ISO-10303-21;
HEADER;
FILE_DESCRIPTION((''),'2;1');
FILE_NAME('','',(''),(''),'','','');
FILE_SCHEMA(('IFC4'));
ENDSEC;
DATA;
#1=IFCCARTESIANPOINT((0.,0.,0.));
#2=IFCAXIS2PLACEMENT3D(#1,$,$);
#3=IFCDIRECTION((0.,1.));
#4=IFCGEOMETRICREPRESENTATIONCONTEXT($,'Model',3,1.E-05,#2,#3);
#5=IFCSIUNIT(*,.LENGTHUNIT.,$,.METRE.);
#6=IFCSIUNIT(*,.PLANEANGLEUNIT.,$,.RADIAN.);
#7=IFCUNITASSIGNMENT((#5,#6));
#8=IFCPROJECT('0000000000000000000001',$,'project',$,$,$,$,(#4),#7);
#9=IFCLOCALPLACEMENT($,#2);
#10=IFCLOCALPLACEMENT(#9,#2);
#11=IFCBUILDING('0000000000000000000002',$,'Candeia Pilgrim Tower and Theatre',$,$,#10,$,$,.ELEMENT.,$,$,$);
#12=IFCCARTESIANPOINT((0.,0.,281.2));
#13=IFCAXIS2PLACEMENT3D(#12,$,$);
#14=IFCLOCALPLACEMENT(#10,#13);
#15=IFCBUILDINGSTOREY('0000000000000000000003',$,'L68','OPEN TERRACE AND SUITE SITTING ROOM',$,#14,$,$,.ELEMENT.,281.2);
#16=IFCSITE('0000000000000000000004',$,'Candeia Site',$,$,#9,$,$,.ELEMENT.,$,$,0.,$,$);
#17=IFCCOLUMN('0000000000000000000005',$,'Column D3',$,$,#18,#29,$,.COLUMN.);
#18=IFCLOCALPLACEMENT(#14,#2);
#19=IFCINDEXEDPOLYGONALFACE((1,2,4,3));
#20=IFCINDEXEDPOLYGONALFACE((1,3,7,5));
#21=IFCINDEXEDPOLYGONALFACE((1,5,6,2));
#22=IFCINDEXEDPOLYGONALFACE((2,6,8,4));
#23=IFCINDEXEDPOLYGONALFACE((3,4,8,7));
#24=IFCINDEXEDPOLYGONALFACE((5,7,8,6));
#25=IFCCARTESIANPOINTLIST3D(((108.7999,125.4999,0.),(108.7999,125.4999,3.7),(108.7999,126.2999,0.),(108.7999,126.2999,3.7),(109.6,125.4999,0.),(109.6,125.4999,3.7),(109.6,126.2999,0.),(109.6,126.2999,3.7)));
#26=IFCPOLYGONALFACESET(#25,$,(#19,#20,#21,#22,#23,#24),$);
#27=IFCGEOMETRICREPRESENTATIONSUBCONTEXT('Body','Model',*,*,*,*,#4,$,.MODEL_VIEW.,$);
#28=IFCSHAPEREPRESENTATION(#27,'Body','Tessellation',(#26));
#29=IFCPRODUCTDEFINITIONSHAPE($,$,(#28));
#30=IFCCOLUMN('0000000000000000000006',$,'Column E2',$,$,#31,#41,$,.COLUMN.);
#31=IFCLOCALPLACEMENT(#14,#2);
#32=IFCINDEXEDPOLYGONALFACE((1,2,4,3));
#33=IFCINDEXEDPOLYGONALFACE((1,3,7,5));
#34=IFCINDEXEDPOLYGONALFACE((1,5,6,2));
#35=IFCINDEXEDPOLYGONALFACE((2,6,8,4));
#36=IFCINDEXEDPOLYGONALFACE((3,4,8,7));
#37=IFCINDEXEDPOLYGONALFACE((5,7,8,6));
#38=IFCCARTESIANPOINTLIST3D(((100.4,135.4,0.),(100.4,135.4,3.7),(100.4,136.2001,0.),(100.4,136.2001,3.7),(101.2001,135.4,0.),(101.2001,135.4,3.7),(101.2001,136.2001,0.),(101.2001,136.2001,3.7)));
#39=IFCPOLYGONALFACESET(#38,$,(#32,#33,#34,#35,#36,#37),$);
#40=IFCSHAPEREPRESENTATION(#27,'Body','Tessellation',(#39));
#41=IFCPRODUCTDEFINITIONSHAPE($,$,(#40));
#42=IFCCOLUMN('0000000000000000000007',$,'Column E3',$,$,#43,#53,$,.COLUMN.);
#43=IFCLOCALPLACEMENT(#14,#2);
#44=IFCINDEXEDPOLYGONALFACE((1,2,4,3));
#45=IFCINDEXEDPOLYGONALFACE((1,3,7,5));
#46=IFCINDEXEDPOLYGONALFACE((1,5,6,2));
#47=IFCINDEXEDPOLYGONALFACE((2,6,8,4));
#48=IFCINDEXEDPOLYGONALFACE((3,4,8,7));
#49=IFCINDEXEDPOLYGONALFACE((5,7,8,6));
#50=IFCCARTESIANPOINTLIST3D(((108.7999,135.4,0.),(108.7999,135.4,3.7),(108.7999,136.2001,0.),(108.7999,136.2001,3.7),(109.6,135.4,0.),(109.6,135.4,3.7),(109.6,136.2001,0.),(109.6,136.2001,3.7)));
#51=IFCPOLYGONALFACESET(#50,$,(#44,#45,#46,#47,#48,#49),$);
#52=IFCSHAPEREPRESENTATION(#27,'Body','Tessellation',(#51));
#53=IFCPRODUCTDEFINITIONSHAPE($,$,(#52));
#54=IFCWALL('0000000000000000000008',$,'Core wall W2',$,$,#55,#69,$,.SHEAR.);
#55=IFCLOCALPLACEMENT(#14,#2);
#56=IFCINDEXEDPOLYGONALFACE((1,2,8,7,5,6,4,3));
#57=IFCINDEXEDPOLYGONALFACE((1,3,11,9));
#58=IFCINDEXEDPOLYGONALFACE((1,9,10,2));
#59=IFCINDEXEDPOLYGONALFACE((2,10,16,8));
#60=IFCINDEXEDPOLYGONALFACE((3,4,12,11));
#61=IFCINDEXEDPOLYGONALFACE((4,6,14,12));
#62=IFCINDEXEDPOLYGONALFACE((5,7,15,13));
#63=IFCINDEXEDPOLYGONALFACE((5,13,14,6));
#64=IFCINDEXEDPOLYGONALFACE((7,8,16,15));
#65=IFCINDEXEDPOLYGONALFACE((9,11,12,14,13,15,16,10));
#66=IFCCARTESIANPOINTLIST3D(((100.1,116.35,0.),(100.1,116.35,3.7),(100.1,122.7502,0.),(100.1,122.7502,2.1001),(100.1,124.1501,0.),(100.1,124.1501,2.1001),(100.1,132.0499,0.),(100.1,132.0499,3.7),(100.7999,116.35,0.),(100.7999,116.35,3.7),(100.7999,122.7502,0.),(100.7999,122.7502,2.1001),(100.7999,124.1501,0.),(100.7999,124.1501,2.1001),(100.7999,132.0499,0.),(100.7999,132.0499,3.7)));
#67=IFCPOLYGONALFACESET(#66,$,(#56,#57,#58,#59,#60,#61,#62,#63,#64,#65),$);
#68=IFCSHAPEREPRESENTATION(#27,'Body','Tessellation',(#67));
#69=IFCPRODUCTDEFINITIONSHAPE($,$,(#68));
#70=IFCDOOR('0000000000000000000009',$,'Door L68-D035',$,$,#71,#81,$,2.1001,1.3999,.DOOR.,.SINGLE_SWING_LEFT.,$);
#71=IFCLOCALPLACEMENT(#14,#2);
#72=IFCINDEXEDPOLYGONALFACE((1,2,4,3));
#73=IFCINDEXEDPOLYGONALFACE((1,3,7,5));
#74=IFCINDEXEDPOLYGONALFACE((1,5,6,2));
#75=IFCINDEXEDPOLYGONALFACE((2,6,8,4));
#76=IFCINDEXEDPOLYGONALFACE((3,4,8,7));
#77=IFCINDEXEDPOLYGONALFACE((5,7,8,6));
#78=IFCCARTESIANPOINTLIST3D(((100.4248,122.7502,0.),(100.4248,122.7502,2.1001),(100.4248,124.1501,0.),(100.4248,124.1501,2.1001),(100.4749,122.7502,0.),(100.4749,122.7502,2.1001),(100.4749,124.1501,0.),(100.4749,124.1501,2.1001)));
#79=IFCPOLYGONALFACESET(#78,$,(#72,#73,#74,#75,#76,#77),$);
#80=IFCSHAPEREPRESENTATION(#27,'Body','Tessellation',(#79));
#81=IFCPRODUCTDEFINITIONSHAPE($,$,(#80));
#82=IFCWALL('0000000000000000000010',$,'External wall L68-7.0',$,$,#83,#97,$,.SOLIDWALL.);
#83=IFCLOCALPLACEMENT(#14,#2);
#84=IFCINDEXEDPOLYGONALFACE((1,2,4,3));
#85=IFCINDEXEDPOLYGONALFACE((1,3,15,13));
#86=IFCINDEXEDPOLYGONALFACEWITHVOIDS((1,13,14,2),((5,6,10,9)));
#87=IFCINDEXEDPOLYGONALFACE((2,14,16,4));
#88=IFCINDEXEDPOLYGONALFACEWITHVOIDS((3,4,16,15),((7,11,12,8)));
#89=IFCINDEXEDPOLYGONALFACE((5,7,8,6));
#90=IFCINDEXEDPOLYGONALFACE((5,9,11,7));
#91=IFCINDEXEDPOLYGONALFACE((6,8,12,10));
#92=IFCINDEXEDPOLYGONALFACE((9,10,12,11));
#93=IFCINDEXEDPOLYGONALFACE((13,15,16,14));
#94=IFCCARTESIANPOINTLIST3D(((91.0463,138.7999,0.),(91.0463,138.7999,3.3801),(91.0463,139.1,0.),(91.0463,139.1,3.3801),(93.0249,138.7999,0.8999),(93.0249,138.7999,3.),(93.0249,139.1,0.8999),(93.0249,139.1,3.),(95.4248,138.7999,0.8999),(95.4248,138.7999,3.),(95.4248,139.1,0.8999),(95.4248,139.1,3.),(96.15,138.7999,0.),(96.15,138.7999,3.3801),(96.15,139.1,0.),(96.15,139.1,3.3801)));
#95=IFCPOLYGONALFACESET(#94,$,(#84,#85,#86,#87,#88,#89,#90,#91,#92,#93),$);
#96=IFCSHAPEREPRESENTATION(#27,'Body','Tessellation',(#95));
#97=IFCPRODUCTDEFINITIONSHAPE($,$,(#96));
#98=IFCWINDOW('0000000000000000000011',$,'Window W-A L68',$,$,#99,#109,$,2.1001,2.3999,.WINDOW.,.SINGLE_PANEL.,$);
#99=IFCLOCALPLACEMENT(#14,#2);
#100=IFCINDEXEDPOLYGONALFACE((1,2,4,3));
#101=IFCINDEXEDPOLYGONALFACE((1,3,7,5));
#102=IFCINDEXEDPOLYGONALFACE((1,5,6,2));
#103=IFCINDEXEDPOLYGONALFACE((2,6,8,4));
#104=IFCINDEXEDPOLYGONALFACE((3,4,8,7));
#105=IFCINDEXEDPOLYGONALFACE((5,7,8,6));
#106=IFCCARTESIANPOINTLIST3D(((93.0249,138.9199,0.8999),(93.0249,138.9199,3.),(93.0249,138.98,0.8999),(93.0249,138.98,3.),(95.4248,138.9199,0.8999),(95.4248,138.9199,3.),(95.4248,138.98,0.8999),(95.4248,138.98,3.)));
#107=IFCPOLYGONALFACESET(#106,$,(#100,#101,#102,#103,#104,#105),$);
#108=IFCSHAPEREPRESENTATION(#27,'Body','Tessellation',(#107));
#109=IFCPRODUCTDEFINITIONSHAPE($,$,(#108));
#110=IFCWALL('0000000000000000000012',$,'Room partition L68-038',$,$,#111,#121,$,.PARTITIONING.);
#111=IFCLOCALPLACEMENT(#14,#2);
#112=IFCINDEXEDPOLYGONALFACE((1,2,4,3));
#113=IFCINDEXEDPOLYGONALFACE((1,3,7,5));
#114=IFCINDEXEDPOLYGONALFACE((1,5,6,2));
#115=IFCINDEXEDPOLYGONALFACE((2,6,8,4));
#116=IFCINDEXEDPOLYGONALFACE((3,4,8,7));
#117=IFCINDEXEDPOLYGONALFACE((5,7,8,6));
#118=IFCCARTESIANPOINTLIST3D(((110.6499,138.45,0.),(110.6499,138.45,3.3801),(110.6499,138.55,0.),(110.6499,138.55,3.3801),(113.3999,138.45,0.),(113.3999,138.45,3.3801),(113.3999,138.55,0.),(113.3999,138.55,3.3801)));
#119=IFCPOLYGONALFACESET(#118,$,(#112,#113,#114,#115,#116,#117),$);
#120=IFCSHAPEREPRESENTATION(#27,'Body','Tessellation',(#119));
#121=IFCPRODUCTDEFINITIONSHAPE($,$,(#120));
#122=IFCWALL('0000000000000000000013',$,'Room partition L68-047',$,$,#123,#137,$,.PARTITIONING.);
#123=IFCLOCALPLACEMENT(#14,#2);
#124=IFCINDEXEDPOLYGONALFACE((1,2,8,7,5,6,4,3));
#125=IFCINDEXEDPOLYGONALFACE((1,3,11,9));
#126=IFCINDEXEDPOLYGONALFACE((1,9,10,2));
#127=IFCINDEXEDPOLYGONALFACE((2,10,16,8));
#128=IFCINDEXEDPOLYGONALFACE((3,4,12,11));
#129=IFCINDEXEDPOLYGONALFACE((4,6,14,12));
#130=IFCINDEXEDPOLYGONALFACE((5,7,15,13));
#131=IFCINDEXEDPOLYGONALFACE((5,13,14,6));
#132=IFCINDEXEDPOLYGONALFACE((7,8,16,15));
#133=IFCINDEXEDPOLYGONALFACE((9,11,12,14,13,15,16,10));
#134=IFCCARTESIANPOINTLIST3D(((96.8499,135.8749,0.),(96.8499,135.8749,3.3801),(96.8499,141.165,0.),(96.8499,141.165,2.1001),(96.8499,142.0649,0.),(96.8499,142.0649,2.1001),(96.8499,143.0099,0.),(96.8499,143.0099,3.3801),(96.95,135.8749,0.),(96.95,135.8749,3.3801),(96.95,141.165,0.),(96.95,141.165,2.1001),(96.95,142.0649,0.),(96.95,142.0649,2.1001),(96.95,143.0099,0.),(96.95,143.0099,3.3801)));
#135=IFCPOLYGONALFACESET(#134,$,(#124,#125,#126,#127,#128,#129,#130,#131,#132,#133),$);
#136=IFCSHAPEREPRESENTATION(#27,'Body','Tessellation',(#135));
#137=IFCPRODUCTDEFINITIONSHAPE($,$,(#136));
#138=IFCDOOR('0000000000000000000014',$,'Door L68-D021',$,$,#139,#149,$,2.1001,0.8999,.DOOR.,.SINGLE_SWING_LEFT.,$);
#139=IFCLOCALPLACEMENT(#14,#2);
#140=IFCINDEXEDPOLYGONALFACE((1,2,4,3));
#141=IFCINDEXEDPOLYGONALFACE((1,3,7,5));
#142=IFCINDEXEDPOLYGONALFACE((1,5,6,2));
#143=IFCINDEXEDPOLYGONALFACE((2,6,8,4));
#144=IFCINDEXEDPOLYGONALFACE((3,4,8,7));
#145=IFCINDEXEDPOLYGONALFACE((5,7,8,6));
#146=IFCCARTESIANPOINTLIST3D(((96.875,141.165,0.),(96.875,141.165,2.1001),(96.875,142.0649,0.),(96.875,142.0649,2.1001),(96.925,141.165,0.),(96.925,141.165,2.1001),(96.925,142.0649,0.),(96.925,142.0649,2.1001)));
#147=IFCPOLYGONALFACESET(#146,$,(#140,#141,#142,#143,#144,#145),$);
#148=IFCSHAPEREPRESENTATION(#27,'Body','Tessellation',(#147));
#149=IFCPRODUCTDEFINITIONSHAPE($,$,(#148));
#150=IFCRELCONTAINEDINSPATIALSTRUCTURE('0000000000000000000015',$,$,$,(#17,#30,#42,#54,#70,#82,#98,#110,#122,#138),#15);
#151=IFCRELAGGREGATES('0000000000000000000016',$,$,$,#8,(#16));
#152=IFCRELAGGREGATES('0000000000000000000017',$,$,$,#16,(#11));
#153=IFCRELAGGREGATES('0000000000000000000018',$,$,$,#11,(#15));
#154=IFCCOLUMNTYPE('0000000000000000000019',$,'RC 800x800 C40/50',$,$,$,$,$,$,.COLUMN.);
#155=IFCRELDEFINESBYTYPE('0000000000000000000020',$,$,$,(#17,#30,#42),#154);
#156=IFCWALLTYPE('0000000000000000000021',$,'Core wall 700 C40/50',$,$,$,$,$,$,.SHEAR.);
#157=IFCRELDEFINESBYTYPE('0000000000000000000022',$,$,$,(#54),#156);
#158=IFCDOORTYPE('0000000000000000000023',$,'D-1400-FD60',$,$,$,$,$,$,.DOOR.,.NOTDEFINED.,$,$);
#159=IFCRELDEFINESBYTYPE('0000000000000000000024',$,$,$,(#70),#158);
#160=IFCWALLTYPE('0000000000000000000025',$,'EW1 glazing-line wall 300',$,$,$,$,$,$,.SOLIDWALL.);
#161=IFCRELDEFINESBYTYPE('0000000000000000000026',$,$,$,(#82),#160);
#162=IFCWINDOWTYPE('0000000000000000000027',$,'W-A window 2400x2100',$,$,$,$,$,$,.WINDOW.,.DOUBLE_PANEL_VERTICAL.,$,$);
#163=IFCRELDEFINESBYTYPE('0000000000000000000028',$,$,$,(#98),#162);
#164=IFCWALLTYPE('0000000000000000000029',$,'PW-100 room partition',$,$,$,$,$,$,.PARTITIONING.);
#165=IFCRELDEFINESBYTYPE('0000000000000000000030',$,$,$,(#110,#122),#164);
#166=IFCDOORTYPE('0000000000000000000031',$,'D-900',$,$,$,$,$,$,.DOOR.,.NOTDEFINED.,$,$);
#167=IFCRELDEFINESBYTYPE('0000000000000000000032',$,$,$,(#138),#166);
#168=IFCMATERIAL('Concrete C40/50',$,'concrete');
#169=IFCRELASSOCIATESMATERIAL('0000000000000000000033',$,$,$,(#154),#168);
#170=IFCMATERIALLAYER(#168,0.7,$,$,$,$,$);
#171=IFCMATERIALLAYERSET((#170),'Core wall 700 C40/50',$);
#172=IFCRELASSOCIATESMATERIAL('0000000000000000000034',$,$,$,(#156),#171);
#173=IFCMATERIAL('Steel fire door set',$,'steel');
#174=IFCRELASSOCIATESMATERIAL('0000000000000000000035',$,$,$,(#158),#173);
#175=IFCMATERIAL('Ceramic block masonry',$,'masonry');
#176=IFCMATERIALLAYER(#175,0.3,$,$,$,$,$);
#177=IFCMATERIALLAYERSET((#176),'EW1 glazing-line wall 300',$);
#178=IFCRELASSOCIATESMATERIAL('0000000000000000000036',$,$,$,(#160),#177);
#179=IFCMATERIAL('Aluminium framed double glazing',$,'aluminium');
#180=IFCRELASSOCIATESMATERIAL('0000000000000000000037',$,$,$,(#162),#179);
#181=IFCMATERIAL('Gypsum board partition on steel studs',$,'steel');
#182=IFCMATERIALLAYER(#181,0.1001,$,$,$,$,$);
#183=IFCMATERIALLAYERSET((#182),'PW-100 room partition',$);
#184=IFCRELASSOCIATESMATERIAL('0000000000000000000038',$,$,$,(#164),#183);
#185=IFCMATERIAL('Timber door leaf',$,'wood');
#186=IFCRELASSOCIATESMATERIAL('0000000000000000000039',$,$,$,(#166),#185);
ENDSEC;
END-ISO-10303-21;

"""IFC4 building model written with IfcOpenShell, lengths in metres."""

from ifc_helpers import new_model, si_unit, direction, frame, frame_2d, origin, origin_2d, place, context, subcontext, project, spatial, rectangle, extrude, material, layer, layer_set, material_profile, profile_set, type_object, element, fill, save


model = new_model("IFC4")

# Units and contexts
model_context = context("Model", 3, precision=1e-05, world=origin(), true_north=direction((0.0, 1.0)))
body_context = subcontext(model_context, "Body", "Model", "MODEL_VIEW")
ifc_project = project(units=[si_unit("LENGTHUNIT", "METRE"), si_unit("PLANEANGLEUNIT", "RADIAN")], contexts=[model_context])

# Site, building, storey
site_placement = place(None, origin())
site = spatial("IfcSite", under=ifc_project, at=site_placement, Name="Candeia Site", CompositionType="ELEMENT", RefElevation=0.0)
building_placement = place(site_placement, origin())
building = spatial("IfcBuilding", under=site, at=building_placement, Name="Candeia Pilgrim Tower and Theatre", CompositionType="ELEMENT")
storey_placement = place(building_placement, frame((0.0, 0.0, 281.2)))
storey = spatial("IfcBuildingStorey", under=building, at=storey_placement, Name="L68", Description="OPEN TERRACE AND SUITE SITTING ROOM", CompositionType="ELEMENT", Elevation=281.2)

# Columns
ifc_material_1 = material(Name="Concrete C40/50", Category="concrete")
ifc_material_profile = material_profile(ifc_material_1, rectangle(XDim=0.8, YDim=0.8, at=origin_2d()))
ifc_profile_set = profile_set([ifc_material_profile], Name="Concrete C40/50")
column_type = type_object("IfcColumnType", Name="RC 800x800 C40/50", PredefinedType="COLUMN", material=ifc_profile_set)
for number, where, z_axis, x_axis, name in (
    (1, (109.2, 125.8999, 0.0), (0.0, 0.0, 1.0), (1.0, 0.0, 0.0), "Column D3"),
    (2, (100.8, 135.8, 0.0), (0.0, 0.0, 1.0), (1.0, 0.0, 0.0), "Column E2"),
    (3, (109.2, 135.8, 0.0), (0.0, 0.0, 1.0), (1.0, 0.0, 0.0), "Column E3"),
):
    element("IfcColumn", number, at=place(storey_placement, frame(where, z_axis=z_axis, x_axis=x_axis)), inside=storey, type_object=column_type, Name=name, PredefinedType="COLUMN", context=body_context, shape_type="SweptSolid", body=[
        extrude(rectangle(XDim=0.8, YDim=0.8, at=origin_2d()), origin(), (0.0, 0.0, 1.0), 3.7),
    ])

# Wall, opening, door
ifc_layer_1 = layer(ifc_material_1, 0.7)
ifc_layer_set_1 = layer_set([ifc_layer_1], Name="Core wall 700 C40/50")
wall_type_1 = type_object("IfcWallType", Name="Core wall 700 C40/50", PredefinedType="SHEAR", material=ifc_layer_set_1)
wall_1_placement = place(storey_placement, frame((100.45, 132.05, 0.0), z_axis=(0.0, 0.0, 1.0), x_axis=(0.0, -1.0, 0.0)))
wall_1 = element("IfcWall", 4, at=wall_1_placement, inside=storey, type_object=wall_type_1, Name="Core wall W2", PredefinedType="SHEAR", context=body_context, shape_type="SweptSolid", body=[
    extrude(rectangle(XDim=15.7, YDim=0.7, at=frame_2d((7.8501, 0.0))), origin(), (0.0, 0.0, 1.0), 3.7),
])
opening_1_placement = place(wall_1_placement, frame((7.8999, 0.0, 0.0)))
opening_1 = element("IfcOpeningElement", 5, at=opening_1_placement, cuts=wall_1, PredefinedType="OPENING", context=body_context, shape_type="SweptSolid", body=[
    extrude(rectangle(XDim=1.3999, YDim=2.1001, at=frame_2d((0.7, 1.05))), frame((0.0, 0.3599, 0.0), z_axis=(0.0, -1.0, 0.0), x_axis=(1.0, 0.0, 0.0)), (0.0, 0.0, 1.0), 0.72),
])
ifc_material_2 = material(Name="Steel fire door set", Category="steel")
door_type_1 = type_object("IfcDoorType", Name="D-1400-FD60", OperationType="NOTDEFINED", PredefinedType="DOOR", material=ifc_material_2)
door_1_placement = place(opening_1_placement, origin())
door_1 = element("IfcDoor", 6, at=door_1_placement, inside=storey, type_object=door_type_1, Name="Door L68-D035", OperationType="SINGLE_SWING_LEFT", OverallHeight=2.1001, OverallWidth=1.3999, PredefinedType="DOOR", context=body_context, shape_type="SweptSolid", body=[
    extrude(rectangle(XDim=1.3999, YDim=2.1001, at=frame_2d((0.7, 1.05))), frame((0.0, 0.0249, 0.0), z_axis=(0.0, -1.0, 0.0), x_axis=(1.0, 0.0, 0.0)), (0.0, 0.0, 1.0), 0.05),
])
fill(opening_1, door_1)

# Wall, opening, window
ifc_material_3 = material(Name="Ceramic block masonry", Category="masonry")
ifc_layer_2 = layer(ifc_material_3, 0.3)
ifc_layer_set_2 = layer_set([ifc_layer_2], Name="EW1 glazing-line wall 300")
wall_type_2 = type_object("IfcWallType", Name="EW1 glazing-line wall 300", PredefinedType="SOLIDWALL", material=ifc_layer_set_2)
wall_2_placement = place(storey_placement, frame((96.1499, 138.95, 0.0), z_axis=(0.0, 0.0, 1.0), x_axis=(-1.0, 0.0, 0.0)))
wall_2 = element("IfcWall", 7, at=wall_2_placement, inside=storey, type_object=wall_type_2, Name="External wall L68-7.0", PredefinedType="SOLIDWALL", context=body_context, shape_type="SweptSolid", body=[
    extrude(rectangle(XDim=5.1038, YDim=0.3, at=frame_2d((2.5518, 0.0))), origin(), (0.0, 0.0, 1.0), 3.3801),
])
opening_2_placement = place(wall_2_placement, frame((0.7251, 0.0, 0.8999)))
opening_2 = element("IfcOpeningElement", 8, at=opening_2_placement, cuts=wall_2, PredefinedType="OPENING", context=body_context, shape_type="SweptSolid", body=[
    extrude(rectangle(XDim=2.3999, YDim=2.1001, at=frame_2d((1.2, 1.05))), frame((0.0, 0.1602, 0.0), z_axis=(0.0, -1.0, 0.0), x_axis=(1.0, 0.0, 0.0)), (0.0, 0.0, 1.0), 0.3201),
])
ifc_material_4 = material(Name="Aluminium framed double glazing", Category="aluminium")
window_type = type_object("IfcWindowType", Name="W-A window 2400x2100", PartitioningType="DOUBLE_PANEL_VERTICAL", PredefinedType="WINDOW", material=ifc_material_4)
window_placement = place(opening_2_placement, origin())
window = element("IfcWindow", 9, at=window_placement, inside=storey, type_object=window_type, Name="Window W-A L68", OverallHeight=2.1001, OverallWidth=2.3999, PartitioningType="SINGLE_PANEL", PredefinedType="WINDOW", context=body_context, shape_type="SweptSolid", body=[
    extrude(rectangle(XDim=2.3999, YDim=2.1001, at=frame_2d((1.2, 1.05))), frame((0.0, 0.03, 0.0), z_axis=(0.0, -1.0, 0.0), x_axis=(1.0, 0.0, 0.0)), (0.0, 0.0, 1.0), 0.0601),
])
fill(opening_2, window)

# Wall
ifc_material_5 = material(Name="Gypsum board partition on steel studs", Category="steel")
ifc_layer_3 = layer(ifc_material_5, 0.1001)
ifc_layer_set_3 = layer_set([ifc_layer_3], Name="PW-100 room partition")
wall_type_3 = type_object("IfcWallType", Name="PW-100 room partition", PredefinedType="PARTITIONING", material=ifc_layer_set_3)
wall_3_placement = place(storey_placement, frame((110.6499, 138.5, 0.0), z_axis=(0.0, 0.0, 1.0), x_axis=(1.0, 0.0, 0.0)))
element("IfcWall", 10, at=wall_3_placement, inside=storey, type_object=wall_type_3, Name="Room partition L68-038", PredefinedType="PARTITIONING", context=body_context, shape_type="SweptSolid", body=[
    extrude(rectangle(XDim=2.75, YDim=0.1001, at=frame_2d((1.375, 0.0))), origin(), (0.0, 0.0, 1.0), 3.3801),
])

# Wall, opening, door
wall_4_placement = place(storey_placement, frame((96.8999, 135.875, 0.0), z_axis=(0.0, 0.0, 1.0), x_axis=(0.0, 1.0, 0.0)))
wall_4 = element("IfcWall", 11, at=wall_4_placement, inside=storey, type_object=wall_type_3, Name="Room partition L68-047", PredefinedType="PARTITIONING", context=body_context, shape_type="SweptSolid", body=[
    extrude(rectangle(XDim=7.135, YDim=0.1001, at=frame_2d((3.5674, 0.0))), origin(), (0.0, 0.0, 1.0), 3.3801),
])
opening_3_placement = place(wall_4_placement, frame((5.29, 0.0, 0.0)))
opening_3 = element("IfcOpeningElement", 12, at=opening_3_placement, cuts=wall_4, PredefinedType="OPENING", context=body_context, shape_type="SweptSolid", body=[
    extrude(rectangle(XDim=0.8999, YDim=2.1001, at=frame_2d((0.45, 1.05))), frame((0.0, 0.0601, 0.0), z_axis=(0.0, -1.0, 0.0), x_axis=(1.0, 0.0, 0.0)), (0.0, 0.0, 1.0), 0.1201),
])
ifc_material_6 = material(Name="Timber door leaf", Category="wood")
door_type_2 = type_object("IfcDoorType", Name="D-900", OperationType="NOTDEFINED", PredefinedType="DOOR", material=ifc_material_6)
door_2_placement = place(opening_3_placement, origin())
door_2 = element("IfcDoor", 13, at=door_2_placement, inside=storey, type_object=door_type_2, Name="Door L68-D021", OperationType="SINGLE_SWING_LEFT", OverallHeight=2.1001, OverallWidth=0.8999, PredefinedType="DOOR", context=body_context, shape_type="SweptSolid", body=[
    extrude(rectangle(XDim=0.8999, YDim=2.1001, at=frame_2d((0.45, 1.05))), frame((0.0, 0.0249, 0.0), z_axis=(0.0, -1.0, 0.0), x_axis=(1.0, 0.0, 0.0)), (0.0, 0.0, 1.0), 0.05),
])
fill(opening_3, door_2)

save(model, "model.ifc")
